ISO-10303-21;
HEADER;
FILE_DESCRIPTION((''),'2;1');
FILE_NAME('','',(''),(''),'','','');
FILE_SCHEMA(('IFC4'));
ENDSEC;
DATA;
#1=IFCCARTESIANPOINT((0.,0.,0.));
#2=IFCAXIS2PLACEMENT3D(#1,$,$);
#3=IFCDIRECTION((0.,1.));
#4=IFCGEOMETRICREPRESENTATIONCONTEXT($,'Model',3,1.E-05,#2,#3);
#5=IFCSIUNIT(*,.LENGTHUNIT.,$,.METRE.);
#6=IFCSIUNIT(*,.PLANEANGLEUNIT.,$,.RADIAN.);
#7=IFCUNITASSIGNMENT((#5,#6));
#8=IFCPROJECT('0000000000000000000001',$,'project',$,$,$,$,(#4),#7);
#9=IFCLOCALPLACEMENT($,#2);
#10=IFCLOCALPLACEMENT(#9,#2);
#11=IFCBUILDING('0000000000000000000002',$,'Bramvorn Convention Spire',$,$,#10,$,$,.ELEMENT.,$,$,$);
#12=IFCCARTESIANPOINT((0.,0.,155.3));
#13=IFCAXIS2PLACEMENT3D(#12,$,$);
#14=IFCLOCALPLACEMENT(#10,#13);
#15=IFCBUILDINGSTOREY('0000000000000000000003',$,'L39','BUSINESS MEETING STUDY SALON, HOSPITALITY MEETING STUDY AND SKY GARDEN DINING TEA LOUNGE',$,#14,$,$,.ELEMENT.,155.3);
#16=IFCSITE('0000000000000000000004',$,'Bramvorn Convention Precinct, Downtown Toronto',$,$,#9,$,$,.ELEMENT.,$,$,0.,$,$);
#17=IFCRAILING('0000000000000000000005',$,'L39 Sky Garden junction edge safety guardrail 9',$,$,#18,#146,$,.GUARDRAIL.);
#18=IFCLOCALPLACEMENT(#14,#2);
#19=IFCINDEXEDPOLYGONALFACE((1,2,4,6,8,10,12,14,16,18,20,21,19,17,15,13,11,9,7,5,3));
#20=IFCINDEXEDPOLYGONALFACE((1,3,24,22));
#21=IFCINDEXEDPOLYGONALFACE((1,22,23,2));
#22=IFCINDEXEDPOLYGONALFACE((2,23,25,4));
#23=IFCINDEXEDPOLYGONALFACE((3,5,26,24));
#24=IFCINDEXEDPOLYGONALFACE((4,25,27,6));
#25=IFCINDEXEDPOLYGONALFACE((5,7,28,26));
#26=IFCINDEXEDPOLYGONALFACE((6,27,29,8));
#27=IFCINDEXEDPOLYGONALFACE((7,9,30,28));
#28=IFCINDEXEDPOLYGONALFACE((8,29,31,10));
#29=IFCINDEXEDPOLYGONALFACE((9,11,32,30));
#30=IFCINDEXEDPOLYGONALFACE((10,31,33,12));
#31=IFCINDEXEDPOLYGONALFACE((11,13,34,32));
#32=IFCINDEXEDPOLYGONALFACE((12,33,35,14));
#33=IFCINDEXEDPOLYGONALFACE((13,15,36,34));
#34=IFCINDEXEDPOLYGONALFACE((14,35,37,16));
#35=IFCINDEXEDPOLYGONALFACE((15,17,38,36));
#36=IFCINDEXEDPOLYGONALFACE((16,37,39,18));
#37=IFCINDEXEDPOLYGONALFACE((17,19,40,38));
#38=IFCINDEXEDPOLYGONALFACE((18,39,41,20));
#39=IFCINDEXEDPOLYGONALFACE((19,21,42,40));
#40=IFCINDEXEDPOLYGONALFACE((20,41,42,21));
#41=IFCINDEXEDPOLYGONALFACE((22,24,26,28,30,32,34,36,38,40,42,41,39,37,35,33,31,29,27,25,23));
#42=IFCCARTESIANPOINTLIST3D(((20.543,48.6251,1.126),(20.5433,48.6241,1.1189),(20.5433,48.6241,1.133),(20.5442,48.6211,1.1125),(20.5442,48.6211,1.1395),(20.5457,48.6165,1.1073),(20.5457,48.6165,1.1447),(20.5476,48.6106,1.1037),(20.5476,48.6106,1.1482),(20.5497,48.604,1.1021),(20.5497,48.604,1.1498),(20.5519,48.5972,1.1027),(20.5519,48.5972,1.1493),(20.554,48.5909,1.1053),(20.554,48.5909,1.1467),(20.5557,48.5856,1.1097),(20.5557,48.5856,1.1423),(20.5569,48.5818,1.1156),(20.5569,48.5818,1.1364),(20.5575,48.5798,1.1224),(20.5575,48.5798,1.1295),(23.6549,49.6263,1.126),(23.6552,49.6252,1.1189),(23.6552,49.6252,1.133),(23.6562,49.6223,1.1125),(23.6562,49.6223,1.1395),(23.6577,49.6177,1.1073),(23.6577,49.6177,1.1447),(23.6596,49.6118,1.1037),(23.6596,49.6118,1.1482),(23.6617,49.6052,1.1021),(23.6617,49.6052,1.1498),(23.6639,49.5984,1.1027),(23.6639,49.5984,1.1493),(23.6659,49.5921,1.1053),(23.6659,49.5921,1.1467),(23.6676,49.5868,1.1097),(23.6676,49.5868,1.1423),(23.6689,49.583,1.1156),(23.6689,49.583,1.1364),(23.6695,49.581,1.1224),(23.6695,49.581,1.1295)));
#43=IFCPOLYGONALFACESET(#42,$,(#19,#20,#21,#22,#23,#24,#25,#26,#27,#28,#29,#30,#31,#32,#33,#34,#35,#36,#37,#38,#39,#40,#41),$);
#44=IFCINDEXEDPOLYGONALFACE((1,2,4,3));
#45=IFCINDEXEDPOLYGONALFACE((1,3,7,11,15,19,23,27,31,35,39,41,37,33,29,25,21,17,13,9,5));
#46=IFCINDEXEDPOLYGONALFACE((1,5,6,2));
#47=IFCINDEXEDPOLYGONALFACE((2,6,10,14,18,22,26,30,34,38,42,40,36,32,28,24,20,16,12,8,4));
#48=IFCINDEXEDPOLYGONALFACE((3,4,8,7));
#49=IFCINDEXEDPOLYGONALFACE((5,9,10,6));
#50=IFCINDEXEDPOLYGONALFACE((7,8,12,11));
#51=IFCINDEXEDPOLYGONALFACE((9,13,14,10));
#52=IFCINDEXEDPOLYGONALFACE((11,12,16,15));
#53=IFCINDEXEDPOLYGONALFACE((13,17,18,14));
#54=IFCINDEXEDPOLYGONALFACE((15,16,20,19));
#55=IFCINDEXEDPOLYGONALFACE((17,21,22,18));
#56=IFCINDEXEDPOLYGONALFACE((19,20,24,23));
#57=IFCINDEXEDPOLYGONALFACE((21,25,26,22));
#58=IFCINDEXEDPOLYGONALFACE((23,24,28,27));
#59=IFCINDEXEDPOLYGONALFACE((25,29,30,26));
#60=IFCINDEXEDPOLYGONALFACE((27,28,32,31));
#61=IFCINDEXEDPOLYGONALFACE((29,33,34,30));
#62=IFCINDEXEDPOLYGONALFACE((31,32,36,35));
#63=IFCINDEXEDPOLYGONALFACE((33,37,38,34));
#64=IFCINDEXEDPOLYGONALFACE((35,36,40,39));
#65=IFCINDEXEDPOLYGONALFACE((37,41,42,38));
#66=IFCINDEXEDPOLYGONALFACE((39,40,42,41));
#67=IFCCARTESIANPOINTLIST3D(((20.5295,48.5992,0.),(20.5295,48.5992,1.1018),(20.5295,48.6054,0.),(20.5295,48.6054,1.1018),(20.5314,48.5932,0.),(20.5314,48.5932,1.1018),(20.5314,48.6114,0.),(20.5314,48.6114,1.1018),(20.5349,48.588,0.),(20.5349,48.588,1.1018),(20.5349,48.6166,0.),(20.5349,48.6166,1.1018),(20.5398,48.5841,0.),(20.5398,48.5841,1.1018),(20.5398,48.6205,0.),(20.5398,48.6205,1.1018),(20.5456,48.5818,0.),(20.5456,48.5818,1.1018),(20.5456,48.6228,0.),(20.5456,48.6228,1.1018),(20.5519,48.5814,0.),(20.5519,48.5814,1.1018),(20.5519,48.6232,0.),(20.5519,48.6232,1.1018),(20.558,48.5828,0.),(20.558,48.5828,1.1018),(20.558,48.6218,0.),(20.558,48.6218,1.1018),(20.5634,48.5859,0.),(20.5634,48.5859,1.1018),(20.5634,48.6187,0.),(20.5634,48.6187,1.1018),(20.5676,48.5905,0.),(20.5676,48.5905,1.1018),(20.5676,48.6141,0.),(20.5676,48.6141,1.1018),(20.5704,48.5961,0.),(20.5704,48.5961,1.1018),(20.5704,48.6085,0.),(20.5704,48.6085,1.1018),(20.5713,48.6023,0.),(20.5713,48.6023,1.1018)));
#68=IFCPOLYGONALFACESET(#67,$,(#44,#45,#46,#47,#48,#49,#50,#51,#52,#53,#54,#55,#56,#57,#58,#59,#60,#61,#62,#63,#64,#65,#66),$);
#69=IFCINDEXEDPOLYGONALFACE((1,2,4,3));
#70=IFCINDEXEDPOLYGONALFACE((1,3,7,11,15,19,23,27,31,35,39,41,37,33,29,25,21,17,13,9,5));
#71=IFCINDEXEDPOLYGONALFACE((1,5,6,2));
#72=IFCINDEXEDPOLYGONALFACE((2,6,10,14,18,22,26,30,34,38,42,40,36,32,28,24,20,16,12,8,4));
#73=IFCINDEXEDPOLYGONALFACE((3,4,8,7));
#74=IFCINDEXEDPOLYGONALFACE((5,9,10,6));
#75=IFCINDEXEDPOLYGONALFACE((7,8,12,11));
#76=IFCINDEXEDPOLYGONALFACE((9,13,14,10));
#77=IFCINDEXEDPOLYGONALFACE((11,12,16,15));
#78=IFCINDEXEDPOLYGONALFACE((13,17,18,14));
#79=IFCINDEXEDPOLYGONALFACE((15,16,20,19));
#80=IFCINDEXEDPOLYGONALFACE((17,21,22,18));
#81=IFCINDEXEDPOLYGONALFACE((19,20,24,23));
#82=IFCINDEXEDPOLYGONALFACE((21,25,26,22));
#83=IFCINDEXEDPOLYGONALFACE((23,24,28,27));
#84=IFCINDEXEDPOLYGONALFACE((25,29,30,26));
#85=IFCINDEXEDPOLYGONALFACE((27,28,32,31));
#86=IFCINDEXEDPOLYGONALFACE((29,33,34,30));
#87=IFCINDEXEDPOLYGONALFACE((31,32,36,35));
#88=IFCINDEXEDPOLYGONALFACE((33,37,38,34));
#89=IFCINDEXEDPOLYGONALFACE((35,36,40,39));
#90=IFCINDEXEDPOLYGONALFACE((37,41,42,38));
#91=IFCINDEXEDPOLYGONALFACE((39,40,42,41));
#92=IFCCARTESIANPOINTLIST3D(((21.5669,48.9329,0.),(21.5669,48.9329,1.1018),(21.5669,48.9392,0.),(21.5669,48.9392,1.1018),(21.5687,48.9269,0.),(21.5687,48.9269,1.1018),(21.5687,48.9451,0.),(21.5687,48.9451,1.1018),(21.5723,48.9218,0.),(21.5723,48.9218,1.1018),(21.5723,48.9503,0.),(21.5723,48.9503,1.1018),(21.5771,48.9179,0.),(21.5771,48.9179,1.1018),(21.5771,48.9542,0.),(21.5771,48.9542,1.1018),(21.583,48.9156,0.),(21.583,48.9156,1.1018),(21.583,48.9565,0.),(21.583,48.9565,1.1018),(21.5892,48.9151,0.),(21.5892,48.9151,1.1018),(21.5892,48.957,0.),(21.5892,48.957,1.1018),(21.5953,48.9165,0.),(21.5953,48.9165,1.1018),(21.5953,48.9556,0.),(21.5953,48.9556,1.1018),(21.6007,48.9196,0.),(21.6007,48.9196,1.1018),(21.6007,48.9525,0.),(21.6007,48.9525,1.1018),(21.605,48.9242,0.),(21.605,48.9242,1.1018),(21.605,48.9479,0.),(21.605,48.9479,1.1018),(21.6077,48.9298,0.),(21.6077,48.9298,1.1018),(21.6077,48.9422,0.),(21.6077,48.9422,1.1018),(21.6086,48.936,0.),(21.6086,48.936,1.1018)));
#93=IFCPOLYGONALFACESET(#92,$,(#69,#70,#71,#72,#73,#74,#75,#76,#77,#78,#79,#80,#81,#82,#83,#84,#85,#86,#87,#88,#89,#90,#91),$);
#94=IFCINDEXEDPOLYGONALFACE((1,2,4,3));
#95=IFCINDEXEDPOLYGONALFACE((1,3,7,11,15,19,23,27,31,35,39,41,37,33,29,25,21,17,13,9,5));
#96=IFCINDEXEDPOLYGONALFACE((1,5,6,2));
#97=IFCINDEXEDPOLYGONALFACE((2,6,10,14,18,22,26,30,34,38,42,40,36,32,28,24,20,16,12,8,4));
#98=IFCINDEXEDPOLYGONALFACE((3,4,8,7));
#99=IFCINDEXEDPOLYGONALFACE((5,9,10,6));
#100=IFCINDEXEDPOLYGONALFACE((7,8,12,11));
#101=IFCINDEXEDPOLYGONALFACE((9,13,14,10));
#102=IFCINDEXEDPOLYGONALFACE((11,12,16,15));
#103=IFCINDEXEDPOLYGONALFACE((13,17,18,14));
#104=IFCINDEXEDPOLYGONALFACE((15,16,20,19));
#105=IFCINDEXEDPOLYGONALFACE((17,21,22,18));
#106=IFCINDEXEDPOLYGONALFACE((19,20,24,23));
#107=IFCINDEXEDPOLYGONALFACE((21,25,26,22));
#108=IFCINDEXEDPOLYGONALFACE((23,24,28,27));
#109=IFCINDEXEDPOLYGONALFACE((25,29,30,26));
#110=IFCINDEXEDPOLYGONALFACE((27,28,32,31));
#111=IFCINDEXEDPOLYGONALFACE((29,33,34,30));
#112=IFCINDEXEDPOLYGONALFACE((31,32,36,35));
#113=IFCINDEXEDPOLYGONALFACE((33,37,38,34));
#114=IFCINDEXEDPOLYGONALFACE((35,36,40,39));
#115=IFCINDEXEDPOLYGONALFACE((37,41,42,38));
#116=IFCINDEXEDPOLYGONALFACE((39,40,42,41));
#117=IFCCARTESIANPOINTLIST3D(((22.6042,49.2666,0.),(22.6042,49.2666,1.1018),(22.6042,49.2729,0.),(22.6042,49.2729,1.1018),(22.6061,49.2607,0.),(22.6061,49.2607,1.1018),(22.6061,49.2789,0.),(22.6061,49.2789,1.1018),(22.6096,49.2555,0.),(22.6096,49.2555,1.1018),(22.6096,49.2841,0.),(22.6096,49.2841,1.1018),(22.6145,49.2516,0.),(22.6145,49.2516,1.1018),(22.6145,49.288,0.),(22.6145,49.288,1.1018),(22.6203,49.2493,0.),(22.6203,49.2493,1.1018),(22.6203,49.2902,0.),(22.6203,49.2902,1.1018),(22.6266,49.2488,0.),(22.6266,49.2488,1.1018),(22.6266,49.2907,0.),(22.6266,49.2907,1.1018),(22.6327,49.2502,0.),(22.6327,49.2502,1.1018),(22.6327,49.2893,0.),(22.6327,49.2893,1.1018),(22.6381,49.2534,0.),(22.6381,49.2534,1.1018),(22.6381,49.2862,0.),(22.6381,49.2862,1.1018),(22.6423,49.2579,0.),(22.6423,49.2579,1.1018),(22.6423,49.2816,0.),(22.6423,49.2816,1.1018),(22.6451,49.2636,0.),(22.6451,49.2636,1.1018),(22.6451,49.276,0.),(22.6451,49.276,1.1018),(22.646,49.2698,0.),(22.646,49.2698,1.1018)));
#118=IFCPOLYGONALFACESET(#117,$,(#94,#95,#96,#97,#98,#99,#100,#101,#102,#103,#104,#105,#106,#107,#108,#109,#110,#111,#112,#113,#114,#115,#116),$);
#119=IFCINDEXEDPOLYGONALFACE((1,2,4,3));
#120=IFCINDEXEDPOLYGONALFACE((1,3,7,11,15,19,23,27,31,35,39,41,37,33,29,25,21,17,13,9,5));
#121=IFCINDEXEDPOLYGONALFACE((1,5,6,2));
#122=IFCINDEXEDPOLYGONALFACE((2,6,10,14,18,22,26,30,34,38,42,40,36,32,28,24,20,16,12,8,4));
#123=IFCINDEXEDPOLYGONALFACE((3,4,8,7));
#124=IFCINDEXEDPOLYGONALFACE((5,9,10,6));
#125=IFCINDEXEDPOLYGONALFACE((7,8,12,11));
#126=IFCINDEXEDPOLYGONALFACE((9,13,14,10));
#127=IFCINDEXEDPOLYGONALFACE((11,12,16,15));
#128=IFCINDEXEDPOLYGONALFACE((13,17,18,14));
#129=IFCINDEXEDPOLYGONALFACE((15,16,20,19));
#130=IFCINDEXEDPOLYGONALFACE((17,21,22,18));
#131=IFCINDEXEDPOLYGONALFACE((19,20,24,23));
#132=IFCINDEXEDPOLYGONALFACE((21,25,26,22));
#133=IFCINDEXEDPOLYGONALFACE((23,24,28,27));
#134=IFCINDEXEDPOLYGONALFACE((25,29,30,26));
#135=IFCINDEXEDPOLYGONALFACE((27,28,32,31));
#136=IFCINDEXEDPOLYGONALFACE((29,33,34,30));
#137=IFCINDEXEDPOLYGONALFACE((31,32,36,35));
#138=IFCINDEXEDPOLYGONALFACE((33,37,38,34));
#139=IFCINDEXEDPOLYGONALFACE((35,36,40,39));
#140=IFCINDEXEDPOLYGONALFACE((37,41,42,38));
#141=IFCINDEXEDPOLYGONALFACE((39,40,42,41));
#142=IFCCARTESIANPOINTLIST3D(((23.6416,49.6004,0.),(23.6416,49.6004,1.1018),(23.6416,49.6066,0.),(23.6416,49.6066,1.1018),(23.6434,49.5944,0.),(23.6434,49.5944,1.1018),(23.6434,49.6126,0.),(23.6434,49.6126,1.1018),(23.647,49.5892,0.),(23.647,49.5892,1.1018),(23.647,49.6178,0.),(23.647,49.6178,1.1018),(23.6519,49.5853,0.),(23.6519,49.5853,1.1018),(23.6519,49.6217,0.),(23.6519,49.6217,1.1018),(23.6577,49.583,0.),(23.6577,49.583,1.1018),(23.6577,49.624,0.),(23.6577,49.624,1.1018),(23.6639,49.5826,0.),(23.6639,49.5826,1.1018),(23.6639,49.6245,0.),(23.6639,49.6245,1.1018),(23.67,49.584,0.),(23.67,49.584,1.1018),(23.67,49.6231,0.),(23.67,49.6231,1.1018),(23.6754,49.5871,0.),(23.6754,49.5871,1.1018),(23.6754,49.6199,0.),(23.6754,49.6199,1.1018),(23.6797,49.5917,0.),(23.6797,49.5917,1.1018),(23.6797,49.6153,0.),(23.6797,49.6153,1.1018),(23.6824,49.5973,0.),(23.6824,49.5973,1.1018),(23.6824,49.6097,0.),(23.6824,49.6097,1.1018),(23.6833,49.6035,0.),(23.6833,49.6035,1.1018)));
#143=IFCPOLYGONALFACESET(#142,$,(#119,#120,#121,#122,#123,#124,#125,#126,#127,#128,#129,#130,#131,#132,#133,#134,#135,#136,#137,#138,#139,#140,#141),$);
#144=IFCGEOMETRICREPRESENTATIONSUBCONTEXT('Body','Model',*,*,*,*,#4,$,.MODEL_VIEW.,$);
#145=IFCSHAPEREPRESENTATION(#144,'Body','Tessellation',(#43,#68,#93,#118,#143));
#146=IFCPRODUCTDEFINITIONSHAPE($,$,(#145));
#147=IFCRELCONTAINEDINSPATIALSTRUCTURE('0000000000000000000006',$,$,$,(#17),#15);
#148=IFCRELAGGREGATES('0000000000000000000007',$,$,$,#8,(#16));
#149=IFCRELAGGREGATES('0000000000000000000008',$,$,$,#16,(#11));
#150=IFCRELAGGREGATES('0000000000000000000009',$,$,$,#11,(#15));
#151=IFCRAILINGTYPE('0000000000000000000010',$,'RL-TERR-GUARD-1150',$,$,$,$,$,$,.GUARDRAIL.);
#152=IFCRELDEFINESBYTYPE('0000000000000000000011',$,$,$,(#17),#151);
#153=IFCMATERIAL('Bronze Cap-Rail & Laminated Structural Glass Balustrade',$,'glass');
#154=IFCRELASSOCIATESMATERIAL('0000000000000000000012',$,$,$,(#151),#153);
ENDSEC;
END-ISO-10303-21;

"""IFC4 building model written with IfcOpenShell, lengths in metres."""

from ifc_helpers import new_model, si_unit, direction, frame, origin, origin_2d, place, context, subcontext, project, spatial, circle, extrude, material, type_object, element, save


model = new_model("IFC4")

# Units and contexts
model_context = context("Model", 3, precision=1e-05, world=origin(), true_north=direction((0.0, 1.0)))
body_context = subcontext(model_context, "Body", "Model", "MODEL_VIEW")
ifc_project = project(units=[si_unit("LENGTHUNIT", "METRE"), si_unit("PLANEANGLEUNIT", "RADIAN")], contexts=[model_context])

# Site, building, storey
site_placement = place(None, origin())
site = spatial("IfcSite", under=ifc_project, at=site_placement, Name="Bramvorn Convention Precinct, Downtown Toronto", CompositionType="ELEMENT", RefElevation=0.0)
building_placement = place(site_placement, origin())
building = spatial("IfcBuilding", under=site, at=building_placement, Name="Bramvorn Convention Spire", CompositionType="ELEMENT")
storey_placement = place(building_placement, frame((0.0, 0.0, 155.3)))
storey = spatial("IfcBuildingStorey", under=building, at=storey_placement, Name="L39", Description="BUSINESS MEETING STUDY SALON, HOSPITALITY MEETING STUDY AND SKY GARDEN DINING TEA LOUNGE", CompositionType="ELEMENT", Elevation=155.3)

# Railing
ifc_material_1 = material(Name="Bronze Cap-Rail & Laminated Structural Glass Balustrade", Category="glass")
railing_type = type_object("IfcRailingType", Name="RL-TERR-GUARD-1150", PredefinedType="GUARDRAIL", material=ifc_material_1)
railing_1_placement = place(storey_placement, frame((20.5503, 48.6023, 0.0)))
element("IfcRailing", 1, at=railing_1_placement, inside=storey, type_object=railing_type, Name="L39 Sky Garden junction edge safety guardrail 9", PredefinedType="GUARDRAIL", context=body_context, shape_type="SweptSolid", body=[
    extrude(circle(Radius=0.0239, at=origin_2d()), frame((0.0, 0.0, 1.126), z_axis=(0.951947, 0.306263, 0.0), x_axis=(-0.306263, 0.951947, 0.0)), (0.0, 0.0, 1.0), 3.269),
    extrude(circle(Radius=0.021, at=origin_2d()), origin(), (0.0, 0.0, 1.0), 1.1018),
    extrude(circle(Radius=0.021, at=origin_2d()), frame((1.0374, 0.3337, 0.0)), (0.0, 0.0, 1.0), 1.1018),
    extrude(circle(Radius=0.021, at=origin_2d()), frame((2.0747, 0.6675, 0.0)), (0.0, 0.0, 1.0), 1.1018),
    extrude(circle(Radius=0.021, at=origin_2d()), frame((3.1121, 1.0012, 0.0)), (0.0, 0.0, 1.0), 1.1018),
])

save(model, "model.ifc")
